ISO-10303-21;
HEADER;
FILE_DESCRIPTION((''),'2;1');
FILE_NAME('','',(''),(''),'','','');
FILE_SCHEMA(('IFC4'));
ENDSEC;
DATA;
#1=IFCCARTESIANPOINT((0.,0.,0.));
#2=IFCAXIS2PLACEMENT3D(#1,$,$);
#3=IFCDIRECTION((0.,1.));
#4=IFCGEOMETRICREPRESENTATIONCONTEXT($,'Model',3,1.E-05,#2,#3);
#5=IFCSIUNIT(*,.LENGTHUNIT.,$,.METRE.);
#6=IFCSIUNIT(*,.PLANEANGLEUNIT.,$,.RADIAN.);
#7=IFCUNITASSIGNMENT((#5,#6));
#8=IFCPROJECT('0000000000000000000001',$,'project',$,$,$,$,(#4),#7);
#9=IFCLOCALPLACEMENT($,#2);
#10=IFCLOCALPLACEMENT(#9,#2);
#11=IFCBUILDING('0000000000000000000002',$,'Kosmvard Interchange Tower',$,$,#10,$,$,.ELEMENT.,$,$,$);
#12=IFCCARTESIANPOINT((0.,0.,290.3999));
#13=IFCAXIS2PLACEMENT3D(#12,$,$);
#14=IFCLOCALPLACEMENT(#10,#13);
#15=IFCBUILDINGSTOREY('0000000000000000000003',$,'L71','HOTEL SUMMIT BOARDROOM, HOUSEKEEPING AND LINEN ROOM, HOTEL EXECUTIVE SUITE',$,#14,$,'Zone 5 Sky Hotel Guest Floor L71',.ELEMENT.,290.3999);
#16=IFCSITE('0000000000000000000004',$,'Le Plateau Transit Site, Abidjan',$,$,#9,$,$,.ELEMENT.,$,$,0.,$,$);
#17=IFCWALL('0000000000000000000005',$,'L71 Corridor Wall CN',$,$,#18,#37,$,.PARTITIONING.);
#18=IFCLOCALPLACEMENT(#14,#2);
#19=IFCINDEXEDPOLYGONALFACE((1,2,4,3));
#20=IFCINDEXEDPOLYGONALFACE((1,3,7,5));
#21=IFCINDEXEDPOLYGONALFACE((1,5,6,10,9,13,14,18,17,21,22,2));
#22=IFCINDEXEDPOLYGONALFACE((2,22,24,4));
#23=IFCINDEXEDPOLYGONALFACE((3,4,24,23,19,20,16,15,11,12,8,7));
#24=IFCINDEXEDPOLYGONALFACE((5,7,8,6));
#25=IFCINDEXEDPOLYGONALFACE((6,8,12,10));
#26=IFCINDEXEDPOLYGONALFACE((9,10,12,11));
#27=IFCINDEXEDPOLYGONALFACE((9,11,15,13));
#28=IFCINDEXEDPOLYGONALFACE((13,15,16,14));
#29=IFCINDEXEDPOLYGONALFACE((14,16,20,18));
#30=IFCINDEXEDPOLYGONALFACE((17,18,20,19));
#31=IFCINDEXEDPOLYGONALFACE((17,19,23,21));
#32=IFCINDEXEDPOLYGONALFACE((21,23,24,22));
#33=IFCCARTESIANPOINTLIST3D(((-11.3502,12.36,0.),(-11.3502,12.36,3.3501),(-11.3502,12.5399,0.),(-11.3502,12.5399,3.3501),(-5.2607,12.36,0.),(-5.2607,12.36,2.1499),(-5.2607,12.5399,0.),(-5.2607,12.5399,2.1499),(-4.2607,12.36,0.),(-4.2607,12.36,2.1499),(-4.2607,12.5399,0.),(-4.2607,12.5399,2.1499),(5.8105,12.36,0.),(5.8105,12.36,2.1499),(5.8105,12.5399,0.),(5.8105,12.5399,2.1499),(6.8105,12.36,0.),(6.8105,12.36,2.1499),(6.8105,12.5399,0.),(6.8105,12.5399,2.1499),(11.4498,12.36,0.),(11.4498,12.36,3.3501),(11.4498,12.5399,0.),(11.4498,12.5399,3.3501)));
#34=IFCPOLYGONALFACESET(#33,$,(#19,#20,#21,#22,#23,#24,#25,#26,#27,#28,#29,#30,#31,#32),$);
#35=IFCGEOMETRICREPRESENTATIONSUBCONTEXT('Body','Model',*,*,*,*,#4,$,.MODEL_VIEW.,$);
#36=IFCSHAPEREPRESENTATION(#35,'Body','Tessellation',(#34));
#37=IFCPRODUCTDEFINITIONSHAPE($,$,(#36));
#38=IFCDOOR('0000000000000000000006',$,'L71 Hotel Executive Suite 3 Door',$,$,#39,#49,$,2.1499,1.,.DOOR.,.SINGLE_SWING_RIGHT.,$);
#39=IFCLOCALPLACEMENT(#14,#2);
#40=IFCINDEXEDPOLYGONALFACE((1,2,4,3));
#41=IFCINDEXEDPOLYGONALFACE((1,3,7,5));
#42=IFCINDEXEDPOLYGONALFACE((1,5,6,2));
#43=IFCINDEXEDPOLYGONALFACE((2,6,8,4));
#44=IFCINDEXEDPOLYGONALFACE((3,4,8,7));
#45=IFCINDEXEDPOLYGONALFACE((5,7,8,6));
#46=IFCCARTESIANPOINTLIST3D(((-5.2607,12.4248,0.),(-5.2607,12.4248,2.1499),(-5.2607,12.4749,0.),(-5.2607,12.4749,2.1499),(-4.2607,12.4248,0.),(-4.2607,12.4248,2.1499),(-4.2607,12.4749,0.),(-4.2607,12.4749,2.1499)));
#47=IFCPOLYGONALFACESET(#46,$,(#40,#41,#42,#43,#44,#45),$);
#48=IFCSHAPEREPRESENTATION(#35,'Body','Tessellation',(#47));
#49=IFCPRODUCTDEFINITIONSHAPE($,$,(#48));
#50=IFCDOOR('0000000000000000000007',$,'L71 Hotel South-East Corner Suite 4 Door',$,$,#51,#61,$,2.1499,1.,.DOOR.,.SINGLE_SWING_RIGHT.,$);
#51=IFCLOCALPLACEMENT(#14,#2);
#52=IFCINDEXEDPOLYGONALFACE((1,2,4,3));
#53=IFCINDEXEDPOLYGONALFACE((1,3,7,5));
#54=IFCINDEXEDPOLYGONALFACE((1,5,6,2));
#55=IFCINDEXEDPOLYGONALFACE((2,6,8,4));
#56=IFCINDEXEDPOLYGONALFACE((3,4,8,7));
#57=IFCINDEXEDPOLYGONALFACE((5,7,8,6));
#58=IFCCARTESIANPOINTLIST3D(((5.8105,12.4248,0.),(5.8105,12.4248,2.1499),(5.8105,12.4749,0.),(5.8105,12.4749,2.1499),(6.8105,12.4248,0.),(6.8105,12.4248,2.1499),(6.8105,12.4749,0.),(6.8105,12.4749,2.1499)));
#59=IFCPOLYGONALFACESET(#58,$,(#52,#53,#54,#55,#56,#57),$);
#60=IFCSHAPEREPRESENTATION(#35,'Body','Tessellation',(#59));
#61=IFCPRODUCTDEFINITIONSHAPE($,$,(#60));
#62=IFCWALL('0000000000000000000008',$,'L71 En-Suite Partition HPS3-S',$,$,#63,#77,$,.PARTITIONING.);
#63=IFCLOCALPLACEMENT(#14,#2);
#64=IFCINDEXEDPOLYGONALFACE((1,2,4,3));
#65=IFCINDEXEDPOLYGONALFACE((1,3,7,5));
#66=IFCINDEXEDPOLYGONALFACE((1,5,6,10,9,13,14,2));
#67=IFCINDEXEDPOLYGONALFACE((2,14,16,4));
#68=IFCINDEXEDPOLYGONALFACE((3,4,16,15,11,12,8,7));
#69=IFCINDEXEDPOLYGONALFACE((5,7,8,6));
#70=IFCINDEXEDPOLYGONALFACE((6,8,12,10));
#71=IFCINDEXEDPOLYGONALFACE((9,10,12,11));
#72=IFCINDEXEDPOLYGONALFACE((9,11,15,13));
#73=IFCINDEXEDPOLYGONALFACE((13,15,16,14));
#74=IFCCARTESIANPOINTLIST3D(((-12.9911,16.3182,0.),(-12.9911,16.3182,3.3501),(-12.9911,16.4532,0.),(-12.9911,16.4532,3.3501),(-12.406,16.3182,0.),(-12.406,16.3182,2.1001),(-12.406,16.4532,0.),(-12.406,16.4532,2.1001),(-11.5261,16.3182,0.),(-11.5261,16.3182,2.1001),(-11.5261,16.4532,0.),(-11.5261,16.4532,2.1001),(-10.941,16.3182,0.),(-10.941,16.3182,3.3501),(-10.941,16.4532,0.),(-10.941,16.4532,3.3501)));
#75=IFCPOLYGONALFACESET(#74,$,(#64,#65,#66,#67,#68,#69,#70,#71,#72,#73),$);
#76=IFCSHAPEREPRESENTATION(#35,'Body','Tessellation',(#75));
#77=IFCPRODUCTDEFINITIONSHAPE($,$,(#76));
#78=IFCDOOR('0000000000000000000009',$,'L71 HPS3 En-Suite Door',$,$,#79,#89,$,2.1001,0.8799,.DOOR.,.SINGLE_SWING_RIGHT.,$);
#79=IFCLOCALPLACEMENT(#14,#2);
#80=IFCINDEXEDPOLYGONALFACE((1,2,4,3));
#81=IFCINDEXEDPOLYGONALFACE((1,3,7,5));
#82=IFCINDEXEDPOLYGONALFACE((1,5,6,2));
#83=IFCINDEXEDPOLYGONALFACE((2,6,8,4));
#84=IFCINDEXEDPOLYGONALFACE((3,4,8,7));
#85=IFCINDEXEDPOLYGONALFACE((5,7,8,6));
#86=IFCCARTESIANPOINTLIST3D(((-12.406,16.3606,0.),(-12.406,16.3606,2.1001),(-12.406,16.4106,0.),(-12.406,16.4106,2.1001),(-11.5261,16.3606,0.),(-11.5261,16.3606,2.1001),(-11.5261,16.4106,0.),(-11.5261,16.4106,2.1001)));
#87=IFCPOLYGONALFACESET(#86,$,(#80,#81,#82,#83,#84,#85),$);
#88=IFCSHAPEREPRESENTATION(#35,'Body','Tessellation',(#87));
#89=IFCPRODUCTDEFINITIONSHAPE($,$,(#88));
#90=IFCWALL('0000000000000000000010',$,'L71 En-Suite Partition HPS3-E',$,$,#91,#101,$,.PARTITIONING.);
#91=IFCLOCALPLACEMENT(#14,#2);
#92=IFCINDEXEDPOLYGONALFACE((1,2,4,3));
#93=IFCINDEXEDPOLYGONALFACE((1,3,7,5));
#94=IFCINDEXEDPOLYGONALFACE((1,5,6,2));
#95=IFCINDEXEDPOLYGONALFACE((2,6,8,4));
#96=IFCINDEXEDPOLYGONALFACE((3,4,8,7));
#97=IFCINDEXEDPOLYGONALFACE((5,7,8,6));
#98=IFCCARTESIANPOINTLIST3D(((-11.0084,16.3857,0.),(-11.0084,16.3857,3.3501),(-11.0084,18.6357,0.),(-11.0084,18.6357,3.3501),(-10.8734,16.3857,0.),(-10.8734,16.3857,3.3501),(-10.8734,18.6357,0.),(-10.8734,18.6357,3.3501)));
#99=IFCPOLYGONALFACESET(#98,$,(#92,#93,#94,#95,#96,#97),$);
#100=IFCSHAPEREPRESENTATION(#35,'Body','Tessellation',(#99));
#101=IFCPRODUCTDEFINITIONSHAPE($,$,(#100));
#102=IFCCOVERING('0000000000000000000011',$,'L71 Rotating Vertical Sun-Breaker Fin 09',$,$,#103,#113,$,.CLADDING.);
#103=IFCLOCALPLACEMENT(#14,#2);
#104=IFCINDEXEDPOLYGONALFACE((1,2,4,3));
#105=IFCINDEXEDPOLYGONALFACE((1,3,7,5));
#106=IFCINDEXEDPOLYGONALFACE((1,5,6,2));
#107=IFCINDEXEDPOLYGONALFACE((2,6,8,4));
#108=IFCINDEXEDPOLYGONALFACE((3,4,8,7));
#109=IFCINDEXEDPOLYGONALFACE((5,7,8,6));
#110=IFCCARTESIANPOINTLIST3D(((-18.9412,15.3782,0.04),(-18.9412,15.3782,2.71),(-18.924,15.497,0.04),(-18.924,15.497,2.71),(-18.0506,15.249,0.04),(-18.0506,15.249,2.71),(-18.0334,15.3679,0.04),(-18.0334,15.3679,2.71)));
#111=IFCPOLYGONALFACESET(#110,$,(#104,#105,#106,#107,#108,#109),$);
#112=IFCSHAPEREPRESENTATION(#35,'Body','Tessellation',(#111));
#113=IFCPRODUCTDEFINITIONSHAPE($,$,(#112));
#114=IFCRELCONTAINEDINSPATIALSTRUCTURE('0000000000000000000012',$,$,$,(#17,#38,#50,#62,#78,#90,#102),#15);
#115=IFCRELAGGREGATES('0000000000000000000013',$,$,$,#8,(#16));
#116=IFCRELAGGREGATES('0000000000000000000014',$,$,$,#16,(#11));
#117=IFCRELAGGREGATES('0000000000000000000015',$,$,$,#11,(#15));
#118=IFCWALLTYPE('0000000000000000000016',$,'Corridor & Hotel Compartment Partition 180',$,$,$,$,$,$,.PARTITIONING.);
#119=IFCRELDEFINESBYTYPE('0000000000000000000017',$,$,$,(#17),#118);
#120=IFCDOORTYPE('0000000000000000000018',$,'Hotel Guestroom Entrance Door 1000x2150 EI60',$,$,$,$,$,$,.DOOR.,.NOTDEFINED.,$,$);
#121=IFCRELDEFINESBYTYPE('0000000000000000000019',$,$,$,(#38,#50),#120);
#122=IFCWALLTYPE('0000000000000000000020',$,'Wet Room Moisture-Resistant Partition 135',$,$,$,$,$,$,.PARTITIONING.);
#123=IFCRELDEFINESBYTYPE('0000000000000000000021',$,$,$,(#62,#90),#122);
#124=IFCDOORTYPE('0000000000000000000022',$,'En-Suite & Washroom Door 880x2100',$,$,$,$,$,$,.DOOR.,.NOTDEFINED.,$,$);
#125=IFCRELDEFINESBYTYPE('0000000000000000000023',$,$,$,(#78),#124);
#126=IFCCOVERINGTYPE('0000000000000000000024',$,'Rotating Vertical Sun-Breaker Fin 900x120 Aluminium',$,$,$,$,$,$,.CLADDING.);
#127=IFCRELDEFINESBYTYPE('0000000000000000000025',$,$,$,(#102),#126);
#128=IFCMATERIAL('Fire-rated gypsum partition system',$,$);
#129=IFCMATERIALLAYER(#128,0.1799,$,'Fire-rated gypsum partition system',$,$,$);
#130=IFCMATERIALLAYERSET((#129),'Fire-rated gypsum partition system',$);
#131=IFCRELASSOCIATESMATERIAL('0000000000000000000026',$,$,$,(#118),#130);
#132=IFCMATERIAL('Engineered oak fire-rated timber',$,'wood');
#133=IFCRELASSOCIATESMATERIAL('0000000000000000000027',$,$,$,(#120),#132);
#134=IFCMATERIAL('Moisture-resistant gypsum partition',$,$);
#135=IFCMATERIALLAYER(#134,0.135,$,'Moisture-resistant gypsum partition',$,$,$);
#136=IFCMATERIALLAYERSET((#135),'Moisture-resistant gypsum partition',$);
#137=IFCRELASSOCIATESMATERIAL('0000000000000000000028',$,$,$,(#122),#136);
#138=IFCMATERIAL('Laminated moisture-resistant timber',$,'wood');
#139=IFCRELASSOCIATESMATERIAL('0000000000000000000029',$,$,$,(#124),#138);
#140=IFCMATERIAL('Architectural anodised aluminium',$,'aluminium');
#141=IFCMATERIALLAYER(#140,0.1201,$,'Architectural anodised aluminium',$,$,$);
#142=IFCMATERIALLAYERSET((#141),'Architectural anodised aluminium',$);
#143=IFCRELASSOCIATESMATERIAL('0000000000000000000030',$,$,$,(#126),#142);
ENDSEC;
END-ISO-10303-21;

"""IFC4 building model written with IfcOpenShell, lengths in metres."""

from ifc_helpers import new_model, si_unit, direction, frame, frame_2d, origin, origin_2d, place, context, subcontext, project, spatial, rectangle, extrude, source, transform, mapped, material, layer, layer_set, type_object, element, fill, save


model = new_model("IFC4")

# Units and contexts
model_context = context("Model", 3, precision=1e-05, world=origin(), true_north=direction((0.0, 1.0)))
body_context = subcontext(model_context, "Body", "Model", "MODEL_VIEW")
ifc_project = project(units=[si_unit("LENGTHUNIT", "METRE"), si_unit("PLANEANGLEUNIT", "RADIAN")], contexts=[model_context])

# Site, building, storey
site_placement = place(None, origin())
site = spatial("IfcSite", under=ifc_project, at=site_placement, Name="Le Plateau Transit Site, Abidjan", CompositionType="ELEMENT", RefElevation=0.0)
building_placement = place(site_placement, origin())
building = spatial("IfcBuilding", under=site, at=building_placement, Name="Kosmvard Interchange Tower", CompositionType="ELEMENT")
storey_placement = place(building_placement, frame((0.0, 0.0, 290.3999)))
storey = spatial("IfcBuildingStorey", under=building, at=storey_placement, Name="L71", Description="HOTEL SUMMIT BOARDROOM, HOUSEKEEPING AND LINEN ROOM, HOTEL EXECUTIVE SUITE", LongName="Zone 5 Sky Hotel Guest Floor L71", CompositionType="ELEMENT", Elevation=290.3999)

# Wall, openings, doors
ifc_material_1 = material(Name="Fire-rated gypsum partition system")
ifc_layer_1 = layer(ifc_material_1, 0.1799, Name="Fire-rated gypsum partition system")
ifc_layer_set_1 = layer_set([ifc_layer_1], Name="Fire-rated gypsum partition system")
wall_type_1 = type_object("IfcWallType", Name="Corridor & Hotel Compartment Partition 180", PredefinedType="PARTITIONING", material=ifc_layer_set_1)
wall_1_placement = place(storey_placement, frame((-11.3501, 12.45, 0.0), z_axis=(0.0, 0.0, 1.0), x_axis=(1.0, 0.0, 0.0)))
wall_1 = element("IfcWall", 1, at=wall_1_placement, inside=storey, type_object=wall_type_1, Name="L71 Corridor Wall CN", PredefinedType="PARTITIONING", context=body_context, shape_type="SweptSolid", body=[
    extrude(rectangle(XDim=22.8, YDim=0.1799, at=frame_2d((11.3999, 0.0))), origin(), (0.0, 0.0, 1.0), 3.3501),
])
opening_1_placement = place(wall_1_placement, frame((6.0894, 0.0, 0.0)))
opening_1 = element("IfcOpeningElement", 2, at=opening_1_placement, cuts=wall_1, PredefinedType="OPENING", context=body_context, shape_type="SweptSolid", body=[
    extrude(rectangle(XDim=1.0, YDim=2.1499, at=frame_2d((0.5, 1.075))), frame((0.0, 0.1001, 0.0), z_axis=(0.0, -1.0, 0.0), x_axis=(1.0, 0.0, 0.0)), (0.0, 0.0, 1.0), 0.2),
])
opening_2_placement = place(wall_1_placement, frame((17.1606, 0.0, 0.0)))
opening_2 = element("IfcOpeningElement", 3, at=opening_2_placement, cuts=wall_1, PredefinedType="OPENING", context=body_context, shape_type="SweptSolid", body=[
    extrude(rectangle(XDim=1.0, YDim=2.1499, at=frame_2d((0.5, 1.075))), frame((0.0, 0.1001, 0.0), z_axis=(0.0, -1.0, 0.0), x_axis=(1.0, 0.0, 0.0)), (0.0, 0.0, 1.0), 0.2),
])
ifc_material_2 = material(Name="Engineered oak fire-rated timber", Category="wood")
door_type_1 = type_object("IfcDoorType", Name="Hotel Guestroom Entrance Door 1000x2150 EI60", OperationType="NOTDEFINED", PredefinedType="DOOR", material=ifc_material_2)
shared_shape_1 = source(origin(), body_context, "Body", "SweptSolid", [
    extrude(rectangle(XDim=1.0, YDim=2.1499, at=frame_2d((0.5, 1.075))), frame((0.0, 0.0249, 0.0), z_axis=(0.0, -1.0, 0.0), x_axis=(1.0, 0.0, 0.0)), (0.0, 0.0, 1.0), 0.05),
])
door_1_placement = place(opening_1_placement, origin())
door_1 = element("IfcDoor", 4, at=door_1_placement, inside=storey, type_object=door_type_1, Name="L71 Hotel Executive Suite 3 Door", OperationType="SINGLE_SWING_RIGHT", OverallHeight=2.1499, OverallWidth=1.0, PredefinedType="DOOR", context=body_context, shape_type="MappedRepresentation", body=[
    mapped(shared_shape_1, transform((0.0, 0.0, 0.0), scale=1.0)),
])
fill(opening_1, door_1)
door_2_placement = place(opening_2_placement, origin())
door_2 = element("IfcDoor", 5, at=door_2_placement, inside=storey, type_object=door_type_1, Name="L71 Hotel South-East Corner Suite 4 Door", OperationType="SINGLE_SWING_RIGHT", OverallHeight=2.1499, OverallWidth=1.0, PredefinedType="DOOR", context=body_context, shape_type="MappedRepresentation", body=[
    mapped(shared_shape_1, transform((0.0, 0.0, 0.0), scale=1.0)),
])
fill(opening_2, door_2)

# Wall, opening, door
ifc_material_3 = material(Name="Moisture-resistant gypsum partition")
ifc_layer_2 = layer(ifc_material_3, 0.135, Name="Moisture-resistant gypsum partition")
ifc_layer_set_2 = layer_set([ifc_layer_2], Name="Moisture-resistant gypsum partition")
wall_type_2 = type_object("IfcWallType", Name="Wet Room Moisture-Resistant Partition 135", PredefinedType="PARTITIONING", material=ifc_layer_set_2)
wall_2_placement = place(storey_placement, frame((-12.991, 16.3857, 0.0), z_axis=(0.0, 0.0, 1.0), x_axis=(1.0, 0.0, 0.0)))
wall_2 = element("IfcWall", 6, at=wall_2_placement, inside=storey, type_object=wall_type_2, Name="L71 En-Suite Partition HPS3-S", PredefinedType="PARTITIONING", context=body_context, shape_type="SweptSolid", body=[
    extrude(rectangle(XDim=2.05, YDim=0.135, at=frame_2d((1.0249, 0.0))), origin(), (0.0, 0.0, 1.0), 3.3501),
])
opening_3_placement = place(wall_2_placement, frame((0.585, 0.0, 0.0)))
opening_3 = element("IfcOpeningElement", 7, at=opening_3_placement, cuts=wall_2, PredefinedType="OPENING", context=body_context, shape_type="SweptSolid", body=[
    extrude(rectangle(XDim=0.8799, YDim=2.1001, at=frame_2d((0.4399, 1.05))), frame((0.0, 0.0776, 0.0), z_axis=(0.0, -1.0, 0.0), x_axis=(1.0, 0.0, 0.0)), (0.0, 0.0, 1.0), 0.155),
])
ifc_material_4 = material(Name="Laminated moisture-resistant timber", Category="wood")
door_type_2 = type_object("IfcDoorType", Name="En-Suite & Washroom Door 880x2100", OperationType="NOTDEFINED", PredefinedType="DOOR", material=ifc_material_4)
shared_shape_2 = source(origin(), body_context, "Body", "SweptSolid", [
    extrude(rectangle(XDim=0.8799, YDim=2.1001, at=frame_2d((0.4399, 1.05))), frame((0.0, 0.0249, 0.0), z_axis=(0.0, -1.0, 0.0), x_axis=(1.0, 0.0, 0.0)), (0.0, 0.0, 1.0), 0.05),
])
door_3_placement = place(opening_3_placement, origin())
door_3 = element("IfcDoor", 8, at=door_3_placement, inside=storey, type_object=door_type_2, Name="L71 HPS3 En-Suite Door", OperationType="SINGLE_SWING_RIGHT", OverallHeight=2.1001, OverallWidth=0.8799, PredefinedType="DOOR", context=body_context, shape_type="MappedRepresentation", body=[
    mapped(shared_shape_2, transform((0.0, 0.0, 0.0), scale=1.0)),
])
fill(opening_3, door_3)

# Wall
wall_3_placement = place(storey_placement, frame((-10.9409, 16.3857, 0.0), z_axis=(0.0, 0.0, 1.0), x_axis=(0.0, 1.0, 0.0)))
element("IfcWall", 9, at=wall_3_placement, inside=storey, type_object=wall_type_2, Name="L71 En-Suite Partition HPS3-E", PredefinedType="PARTITIONING", context=body_context, shape_type="SweptSolid", body=[
    extrude(rectangle(XDim=2.25, YDim=0.135, at=frame_2d((1.125, 0.0))), origin(), (0.0, 0.0, 1.0), 3.3501),
])

# Covering
ifc_material_5 = material(Name="Architectural anodised aluminium", Category="aluminium")
ifc_layer_3 = layer(ifc_material_5, 0.1201, Name="Architectural anodised aluminium")
ifc_layer_set_3 = layer_set([ifc_layer_3], Name="Architectural anodised aluminium")
covering_type = type_object("IfcCoveringType", Name="Rotating Vertical Sun-Breaker Fin 900x120 Aluminium", PredefinedType="CLADDING", material=ifc_layer_set_3)
shared_shape_3 = source(origin(), body_context, "Body", "SweptSolid", [
    extrude(rectangle(XDim=0.8999, YDim=0.1201, at=origin_2d()), origin(), (0.0, 0.0, 1.0), 2.6699),
])
covering_placement = place(storey_placement, frame((-18.4873, 15.373, 0.04), z_axis=(0.0, 0.0, 1.0), x_axis=(-0.989651, 0.143493, 0.0)))
element("IfcCovering", 10, at=covering_placement, inside=storey, type_object=covering_type, Name="L71 Rotating Vertical Sun-Breaker Fin 09", PredefinedType="CLADDING", context=body_context, shape_type="MappedRepresentation", body=[
    mapped(shared_shape_3, transform((0.0, 0.0, 0.0), scale=1.0)),
])

save(model, "model.ifc")
